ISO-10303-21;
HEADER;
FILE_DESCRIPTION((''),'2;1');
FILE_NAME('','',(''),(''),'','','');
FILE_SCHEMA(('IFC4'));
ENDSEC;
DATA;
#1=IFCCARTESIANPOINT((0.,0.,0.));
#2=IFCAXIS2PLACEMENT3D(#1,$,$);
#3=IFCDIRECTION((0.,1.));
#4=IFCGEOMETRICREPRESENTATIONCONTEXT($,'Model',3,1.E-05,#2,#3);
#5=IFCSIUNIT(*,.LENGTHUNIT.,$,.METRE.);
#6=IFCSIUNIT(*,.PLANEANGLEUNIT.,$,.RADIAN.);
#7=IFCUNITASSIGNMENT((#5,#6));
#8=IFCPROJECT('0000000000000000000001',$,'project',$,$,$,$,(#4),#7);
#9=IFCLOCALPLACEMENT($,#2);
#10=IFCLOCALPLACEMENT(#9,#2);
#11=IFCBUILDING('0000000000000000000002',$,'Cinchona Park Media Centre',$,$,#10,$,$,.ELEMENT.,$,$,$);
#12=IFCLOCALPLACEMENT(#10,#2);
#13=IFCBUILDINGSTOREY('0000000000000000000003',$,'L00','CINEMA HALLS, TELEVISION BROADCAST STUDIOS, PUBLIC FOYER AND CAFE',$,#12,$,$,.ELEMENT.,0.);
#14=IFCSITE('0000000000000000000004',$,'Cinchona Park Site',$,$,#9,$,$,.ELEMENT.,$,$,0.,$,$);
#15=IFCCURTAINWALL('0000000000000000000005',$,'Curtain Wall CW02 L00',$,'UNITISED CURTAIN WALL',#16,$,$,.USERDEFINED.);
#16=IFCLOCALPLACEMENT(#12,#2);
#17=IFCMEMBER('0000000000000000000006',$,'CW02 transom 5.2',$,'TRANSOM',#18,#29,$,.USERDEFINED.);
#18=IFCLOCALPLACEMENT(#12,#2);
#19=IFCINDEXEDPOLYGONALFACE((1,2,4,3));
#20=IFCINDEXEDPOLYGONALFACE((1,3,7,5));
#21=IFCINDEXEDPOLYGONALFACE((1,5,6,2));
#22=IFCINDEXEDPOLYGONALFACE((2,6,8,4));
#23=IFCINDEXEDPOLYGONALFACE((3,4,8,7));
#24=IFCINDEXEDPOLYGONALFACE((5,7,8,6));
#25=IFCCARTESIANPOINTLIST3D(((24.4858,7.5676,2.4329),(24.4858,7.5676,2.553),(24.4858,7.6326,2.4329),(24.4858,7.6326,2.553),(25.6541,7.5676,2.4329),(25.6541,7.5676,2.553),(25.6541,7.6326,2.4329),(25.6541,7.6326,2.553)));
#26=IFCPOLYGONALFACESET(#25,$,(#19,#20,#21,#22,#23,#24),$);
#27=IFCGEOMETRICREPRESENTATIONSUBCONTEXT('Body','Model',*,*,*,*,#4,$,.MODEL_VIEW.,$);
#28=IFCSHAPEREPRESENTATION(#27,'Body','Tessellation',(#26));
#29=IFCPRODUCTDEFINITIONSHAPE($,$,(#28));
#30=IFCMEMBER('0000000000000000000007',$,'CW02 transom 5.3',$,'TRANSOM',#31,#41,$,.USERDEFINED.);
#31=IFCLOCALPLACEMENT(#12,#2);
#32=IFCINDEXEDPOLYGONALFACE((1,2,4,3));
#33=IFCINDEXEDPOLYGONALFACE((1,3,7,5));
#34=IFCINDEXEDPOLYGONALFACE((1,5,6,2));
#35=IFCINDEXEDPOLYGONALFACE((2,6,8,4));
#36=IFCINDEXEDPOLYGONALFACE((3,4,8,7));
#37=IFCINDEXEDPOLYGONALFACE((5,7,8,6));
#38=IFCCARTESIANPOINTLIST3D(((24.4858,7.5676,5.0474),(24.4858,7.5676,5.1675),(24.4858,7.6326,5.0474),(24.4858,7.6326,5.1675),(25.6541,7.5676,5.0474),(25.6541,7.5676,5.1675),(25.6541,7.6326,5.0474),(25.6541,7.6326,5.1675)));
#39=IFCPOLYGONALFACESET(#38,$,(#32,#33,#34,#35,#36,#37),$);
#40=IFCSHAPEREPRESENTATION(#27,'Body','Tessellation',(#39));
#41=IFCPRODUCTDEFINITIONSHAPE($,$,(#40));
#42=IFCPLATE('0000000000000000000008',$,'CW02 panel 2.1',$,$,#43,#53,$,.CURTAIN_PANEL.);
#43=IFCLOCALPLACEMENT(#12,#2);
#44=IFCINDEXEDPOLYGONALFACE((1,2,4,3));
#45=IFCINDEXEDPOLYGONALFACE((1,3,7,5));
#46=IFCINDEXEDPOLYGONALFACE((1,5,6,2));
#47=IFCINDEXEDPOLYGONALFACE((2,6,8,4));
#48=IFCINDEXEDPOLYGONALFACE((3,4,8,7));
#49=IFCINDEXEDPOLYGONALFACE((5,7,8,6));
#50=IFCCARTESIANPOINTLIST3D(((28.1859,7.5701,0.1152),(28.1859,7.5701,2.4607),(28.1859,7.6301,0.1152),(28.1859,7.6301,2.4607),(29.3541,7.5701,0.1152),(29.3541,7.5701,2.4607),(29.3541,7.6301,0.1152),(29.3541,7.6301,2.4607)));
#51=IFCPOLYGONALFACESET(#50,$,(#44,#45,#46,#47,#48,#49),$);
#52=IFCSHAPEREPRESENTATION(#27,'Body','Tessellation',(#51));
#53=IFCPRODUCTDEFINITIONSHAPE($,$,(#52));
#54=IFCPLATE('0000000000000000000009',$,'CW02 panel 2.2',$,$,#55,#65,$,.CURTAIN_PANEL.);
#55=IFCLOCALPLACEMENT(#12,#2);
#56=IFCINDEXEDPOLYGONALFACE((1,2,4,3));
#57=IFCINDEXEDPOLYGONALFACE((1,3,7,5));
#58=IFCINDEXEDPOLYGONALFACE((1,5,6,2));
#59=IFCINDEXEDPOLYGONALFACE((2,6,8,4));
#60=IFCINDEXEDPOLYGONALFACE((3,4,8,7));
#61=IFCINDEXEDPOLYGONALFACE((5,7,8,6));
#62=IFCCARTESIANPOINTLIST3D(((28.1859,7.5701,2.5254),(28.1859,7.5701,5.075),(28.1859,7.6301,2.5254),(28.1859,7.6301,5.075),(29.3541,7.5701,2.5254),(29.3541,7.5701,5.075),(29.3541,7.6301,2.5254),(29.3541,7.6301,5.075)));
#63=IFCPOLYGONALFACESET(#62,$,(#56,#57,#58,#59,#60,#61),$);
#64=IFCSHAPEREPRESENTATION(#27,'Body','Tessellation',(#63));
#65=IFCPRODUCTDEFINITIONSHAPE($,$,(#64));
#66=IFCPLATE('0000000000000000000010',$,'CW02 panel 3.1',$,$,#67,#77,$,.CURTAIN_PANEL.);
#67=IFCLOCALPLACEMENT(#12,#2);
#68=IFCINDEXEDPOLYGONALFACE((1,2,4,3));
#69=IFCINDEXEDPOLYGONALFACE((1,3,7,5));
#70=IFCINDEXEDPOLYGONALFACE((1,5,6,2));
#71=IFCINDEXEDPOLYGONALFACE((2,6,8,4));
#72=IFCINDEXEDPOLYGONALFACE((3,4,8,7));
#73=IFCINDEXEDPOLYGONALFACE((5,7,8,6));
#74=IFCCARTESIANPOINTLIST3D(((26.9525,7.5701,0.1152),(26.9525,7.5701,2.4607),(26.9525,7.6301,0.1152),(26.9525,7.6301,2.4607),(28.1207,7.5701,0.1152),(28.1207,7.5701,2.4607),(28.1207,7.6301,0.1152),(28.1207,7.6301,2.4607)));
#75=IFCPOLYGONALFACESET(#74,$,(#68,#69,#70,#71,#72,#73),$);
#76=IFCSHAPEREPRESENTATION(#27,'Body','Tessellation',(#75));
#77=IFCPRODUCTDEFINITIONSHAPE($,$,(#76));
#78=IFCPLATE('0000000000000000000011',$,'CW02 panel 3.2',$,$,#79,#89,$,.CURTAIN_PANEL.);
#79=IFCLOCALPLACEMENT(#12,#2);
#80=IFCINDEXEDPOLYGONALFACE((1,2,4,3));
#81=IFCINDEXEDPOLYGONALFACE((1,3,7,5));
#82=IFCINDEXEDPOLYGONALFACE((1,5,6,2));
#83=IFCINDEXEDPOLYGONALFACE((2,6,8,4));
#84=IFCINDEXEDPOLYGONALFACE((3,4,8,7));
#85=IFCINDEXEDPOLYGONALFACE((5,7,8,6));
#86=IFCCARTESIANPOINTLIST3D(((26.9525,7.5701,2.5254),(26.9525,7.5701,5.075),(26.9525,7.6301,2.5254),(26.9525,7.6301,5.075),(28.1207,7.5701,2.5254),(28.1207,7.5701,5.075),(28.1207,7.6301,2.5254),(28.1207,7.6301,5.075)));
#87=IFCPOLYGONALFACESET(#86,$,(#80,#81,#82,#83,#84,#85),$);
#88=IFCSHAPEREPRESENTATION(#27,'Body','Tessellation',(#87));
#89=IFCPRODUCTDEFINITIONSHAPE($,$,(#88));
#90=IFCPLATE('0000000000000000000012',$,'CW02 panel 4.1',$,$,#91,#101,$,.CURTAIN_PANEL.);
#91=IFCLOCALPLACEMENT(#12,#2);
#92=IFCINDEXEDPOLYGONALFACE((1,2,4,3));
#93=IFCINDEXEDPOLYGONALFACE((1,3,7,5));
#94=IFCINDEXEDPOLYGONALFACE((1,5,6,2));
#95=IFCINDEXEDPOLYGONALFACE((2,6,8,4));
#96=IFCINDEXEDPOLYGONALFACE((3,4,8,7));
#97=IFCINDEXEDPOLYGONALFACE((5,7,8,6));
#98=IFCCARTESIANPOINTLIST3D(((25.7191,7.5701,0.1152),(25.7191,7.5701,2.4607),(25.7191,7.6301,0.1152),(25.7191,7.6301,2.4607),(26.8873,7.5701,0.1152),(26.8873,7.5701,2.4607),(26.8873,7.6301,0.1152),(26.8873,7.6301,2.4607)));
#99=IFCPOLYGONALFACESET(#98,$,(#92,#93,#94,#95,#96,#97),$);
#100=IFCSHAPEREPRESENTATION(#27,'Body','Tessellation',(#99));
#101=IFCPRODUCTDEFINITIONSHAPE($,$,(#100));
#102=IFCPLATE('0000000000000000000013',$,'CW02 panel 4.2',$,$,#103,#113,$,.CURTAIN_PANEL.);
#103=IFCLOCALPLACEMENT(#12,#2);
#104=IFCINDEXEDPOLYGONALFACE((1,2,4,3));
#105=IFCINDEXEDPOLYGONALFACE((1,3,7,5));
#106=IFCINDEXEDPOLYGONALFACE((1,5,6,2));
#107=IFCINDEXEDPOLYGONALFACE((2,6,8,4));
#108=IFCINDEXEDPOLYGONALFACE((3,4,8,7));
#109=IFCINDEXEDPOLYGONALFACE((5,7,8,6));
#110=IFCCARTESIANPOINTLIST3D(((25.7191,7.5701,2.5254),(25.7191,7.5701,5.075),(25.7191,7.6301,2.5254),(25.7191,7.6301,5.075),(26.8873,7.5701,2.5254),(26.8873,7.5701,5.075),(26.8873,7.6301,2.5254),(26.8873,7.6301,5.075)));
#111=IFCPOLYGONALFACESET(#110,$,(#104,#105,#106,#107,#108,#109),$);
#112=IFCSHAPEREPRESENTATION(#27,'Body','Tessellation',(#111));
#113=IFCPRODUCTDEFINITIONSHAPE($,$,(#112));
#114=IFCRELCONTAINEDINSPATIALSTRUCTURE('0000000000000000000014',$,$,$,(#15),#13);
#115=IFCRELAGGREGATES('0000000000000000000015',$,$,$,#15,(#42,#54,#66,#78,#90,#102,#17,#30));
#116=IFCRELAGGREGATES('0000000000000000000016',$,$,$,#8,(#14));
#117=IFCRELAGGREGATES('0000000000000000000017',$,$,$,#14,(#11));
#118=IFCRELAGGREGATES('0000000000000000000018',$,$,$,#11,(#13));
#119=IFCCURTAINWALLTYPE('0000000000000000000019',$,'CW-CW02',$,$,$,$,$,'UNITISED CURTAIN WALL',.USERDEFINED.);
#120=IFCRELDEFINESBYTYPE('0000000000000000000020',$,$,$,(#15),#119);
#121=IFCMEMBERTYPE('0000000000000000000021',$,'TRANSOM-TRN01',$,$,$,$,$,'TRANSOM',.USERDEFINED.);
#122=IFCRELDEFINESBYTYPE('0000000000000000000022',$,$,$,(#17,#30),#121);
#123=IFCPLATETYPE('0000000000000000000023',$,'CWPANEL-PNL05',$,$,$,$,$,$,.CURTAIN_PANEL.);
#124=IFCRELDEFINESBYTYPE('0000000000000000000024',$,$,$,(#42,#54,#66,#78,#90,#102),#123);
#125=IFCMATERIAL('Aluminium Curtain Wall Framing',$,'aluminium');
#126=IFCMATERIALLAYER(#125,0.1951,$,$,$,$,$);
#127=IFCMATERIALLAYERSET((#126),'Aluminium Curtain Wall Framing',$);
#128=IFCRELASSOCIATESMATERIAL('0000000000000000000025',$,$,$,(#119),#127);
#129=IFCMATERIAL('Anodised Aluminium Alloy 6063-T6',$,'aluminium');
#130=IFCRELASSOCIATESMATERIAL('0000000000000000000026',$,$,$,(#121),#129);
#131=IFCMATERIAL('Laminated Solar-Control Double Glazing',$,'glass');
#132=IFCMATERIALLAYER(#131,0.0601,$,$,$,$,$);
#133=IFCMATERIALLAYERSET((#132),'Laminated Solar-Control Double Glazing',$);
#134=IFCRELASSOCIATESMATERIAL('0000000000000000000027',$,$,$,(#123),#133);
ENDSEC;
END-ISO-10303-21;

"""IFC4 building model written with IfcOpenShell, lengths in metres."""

from ifc_helpers import new_model, si_unit, direction, frame, origin, origin_2d, place, context, subcontext, project, spatial, rectangle, extrude, material, layer, layer_set, material_profile, profile_set, type_object, element, aggregate, save


model = new_model("IFC4")

# Units and contexts
model_context = context("Model", 3, precision=1e-05, world=origin(), true_north=direction((0.0, 1.0)))
body_context = subcontext(model_context, "Body", "Model", "MODEL_VIEW")
ifc_project = project(units=[si_unit("LENGTHUNIT", "METRE"), si_unit("PLANEANGLEUNIT", "RADIAN")], contexts=[model_context])

# Site, building, storey
site_placement = place(None, origin())
site = spatial("IfcSite", under=ifc_project, at=site_placement, Name="Cinchona Park Site", CompositionType="ELEMENT", RefElevation=0.0)
building_placement = place(site_placement, origin())
building = spatial("IfcBuilding", under=site, at=building_placement, Name="Cinchona Park Media Centre", CompositionType="ELEMENT")
storey_placement = place(building_placement, origin())
storey = spatial("IfcBuildingStorey", under=building, at=storey_placement, Name="L00", Description="CINEMA HALLS, TELEVISION BROADCAST STUDIOS, PUBLIC FOYER AND CAFE", CompositionType="ELEMENT", Elevation=0.0)

# Curtain wall, members, plates
ifc_material_1 = material(Name="Aluminium Curtain Wall Framing", Category="aluminium")
ifc_layer_1 = layer(ifc_material_1, 0.1951)
ifc_layer_set_1 = layer_set([ifc_layer_1], Name="Aluminium Curtain Wall Framing")
curtain_wall_type = type_object("IfcCurtainWallType", Name="CW-CW02", ElementType="UNITISED CURTAIN WALL", PredefinedType="USERDEFINED", material=ifc_layer_set_1)
curtain_wall_placement = place(storey_placement, origin())
curtain_wall = element("IfcCurtainWall", 1, at=curtain_wall_placement, inside=storey, type_object=curtain_wall_type, Name="Curtain Wall CW02 L00", ObjectType="UNITISED CURTAIN WALL", PredefinedType="USERDEFINED")
ifc_material_2 = material(Name="Anodised Aluminium Alloy 6063-T6", Category="aluminium")
ifc_material_profile_1 = material_profile(ifc_material_2, rectangle(XDim=0.0649, YDim=0.1201, at=origin_2d()), Name="TRN-65X120")
ifc_profile_set_1 = profile_set([ifc_material_profile_1], Name="Anodised Aluminium Alloy 6063-T6")
member_type_1 = type_object("IfcMemberType", Name="TRANSOM-TRN01", ElementType="TRANSOM", PredefinedType="USERDEFINED", material=ifc_profile_set_1)
member_1_placement = place(storey_placement, frame((25.6541, 7.6001, 2.4929), z_axis=(-1.0, 0.0, 0.0), x_axis=(0.0, -1.0, 0.0)))
member_1 = element("IfcMember", 2, at=member_1_placement, type_object=member_type_1, Name="CW02 transom 5.2", ObjectType="TRANSOM", PredefinedType="USERDEFINED", context=body_context, shape_type="SweptSolid", body=[
    extrude(rectangle(XDim=0.0649, YDim=0.1201, at=origin_2d()), origin(), (0.0, 0.0, 1.0), 1.1682),
])
member_2_placement = place(storey_placement, frame((25.6541, 7.6001, 5.1074), z_axis=(-1.0, 0.0, 0.0), x_axis=(0.0, -1.0, 0.0)))
member_2 = element("IfcMember", 3, at=member_2_placement, type_object=member_type_1, Name="CW02 transom 5.3", ObjectType="TRANSOM", PredefinedType="USERDEFINED", context=body_context, shape_type="SweptSolid", body=[
    extrude(rectangle(XDim=0.0649, YDim=0.1201, at=origin_2d()), origin(), (0.0, 0.0, 1.0), 1.1682),
])
ifc_material_3 = material(Name="Laminated Solar-Control Double Glazing", Category="glass")
ifc_layer_2 = layer(ifc_material_3, 0.0601)
ifc_layer_set_2 = layer_set([ifc_layer_2], Name="Laminated Solar-Control Double Glazing")
plate_type = type_object("IfcPlateType", Name="CWPANEL-PNL05", PredefinedType="CURTAIN_PANEL", material=ifc_layer_set_2)
plate_1_placement = place(storey_placement, frame((28.77, 7.6001, 0.1152), z_axis=(0.0, 0.0, 1.0), x_axis=(-1.0, 0.0, 0.0)))
plate_1 = element("IfcPlate", 4, at=plate_1_placement, type_object=plate_type, Name="CW02 panel 2.1", PredefinedType="CURTAIN_PANEL", context=body_context, shape_type="SweptSolid", body=[
    extrude(rectangle(XDim=1.1682, YDim=0.0601, at=origin_2d()), origin(), (0.0, 0.0, 1.0), 2.3455),
])
plate_2_placement = place(storey_placement, frame((28.77, 7.6001, 2.5254), z_axis=(0.0, 0.0, 1.0), x_axis=(-1.0, 0.0, 0.0)))
plate_2 = element("IfcPlate", 5, at=plate_2_placement, type_object=plate_type, Name="CW02 panel 2.2", PredefinedType="CURTAIN_PANEL", context=body_context, shape_type="SweptSolid", body=[
    extrude(rectangle(XDim=1.1682, YDim=0.0601, at=origin_2d()), origin(), (0.0, 0.0, 1.0), 2.5496),
])
plate_3_placement = place(storey_placement, frame((27.5366, 7.6001, 0.1152), z_axis=(0.0, 0.0, 1.0), x_axis=(-1.0, 0.0, 0.0)))
plate_3 = element("IfcPlate", 6, at=plate_3_placement, type_object=plate_type, Name="CW02 panel 3.1", PredefinedType="CURTAIN_PANEL", context=body_context, shape_type="SweptSolid", body=[
    extrude(rectangle(XDim=1.1682, YDim=0.0601, at=origin_2d()), origin(), (0.0, 0.0, 1.0), 2.3455),
])
plate_4_placement = place(storey_placement, frame((27.5366, 7.6001, 2.5254), z_axis=(0.0, 0.0, 1.0), x_axis=(-1.0, 0.0, 0.0)))
plate_4 = element("IfcPlate", 7, at=plate_4_placement, type_object=plate_type, Name="CW02 panel 3.2", PredefinedType="CURTAIN_PANEL", context=body_context, shape_type="SweptSolid", body=[
    extrude(rectangle(XDim=1.1682, YDim=0.0601, at=origin_2d()), origin(), (0.0, 0.0, 1.0), 2.5496),
])
plate_5_placement = place(storey_placement, frame((26.3032, 7.6001, 0.1152), z_axis=(0.0, 0.0, 1.0), x_axis=(-1.0, 0.0, 0.0)))
plate_5 = element("IfcPlate", 8, at=plate_5_placement, type_object=plate_type, Name="CW02 panel 4.1", PredefinedType="CURTAIN_PANEL", context=body_context, shape_type="SweptSolid", body=[
    extrude(rectangle(XDim=1.1682, YDim=0.0601, at=origin_2d()), origin(), (0.0, 0.0, 1.0), 2.3455),
])
plate_6_placement = place(storey_placement, frame((26.3032, 7.6001, 2.5254), z_axis=(0.0, 0.0, 1.0), x_axis=(-1.0, 0.0, 0.0)))
plate_6 = element("IfcPlate", 9, at=plate_6_placement, type_object=plate_type, Name="CW02 panel 4.2", PredefinedType="CURTAIN_PANEL", context=body_context, shape_type="SweptSolid", body=[
    extrude(rectangle(XDim=1.1682, YDim=0.0601, at=origin_2d()), origin(), (0.0, 0.0, 1.0), 2.5496),
])
aggregate(curtain_wall, [plate_1, plate_2, plate_3, plate_4, plate_5, plate_6, member_1, member_2])

save(model, "model.ifc")
